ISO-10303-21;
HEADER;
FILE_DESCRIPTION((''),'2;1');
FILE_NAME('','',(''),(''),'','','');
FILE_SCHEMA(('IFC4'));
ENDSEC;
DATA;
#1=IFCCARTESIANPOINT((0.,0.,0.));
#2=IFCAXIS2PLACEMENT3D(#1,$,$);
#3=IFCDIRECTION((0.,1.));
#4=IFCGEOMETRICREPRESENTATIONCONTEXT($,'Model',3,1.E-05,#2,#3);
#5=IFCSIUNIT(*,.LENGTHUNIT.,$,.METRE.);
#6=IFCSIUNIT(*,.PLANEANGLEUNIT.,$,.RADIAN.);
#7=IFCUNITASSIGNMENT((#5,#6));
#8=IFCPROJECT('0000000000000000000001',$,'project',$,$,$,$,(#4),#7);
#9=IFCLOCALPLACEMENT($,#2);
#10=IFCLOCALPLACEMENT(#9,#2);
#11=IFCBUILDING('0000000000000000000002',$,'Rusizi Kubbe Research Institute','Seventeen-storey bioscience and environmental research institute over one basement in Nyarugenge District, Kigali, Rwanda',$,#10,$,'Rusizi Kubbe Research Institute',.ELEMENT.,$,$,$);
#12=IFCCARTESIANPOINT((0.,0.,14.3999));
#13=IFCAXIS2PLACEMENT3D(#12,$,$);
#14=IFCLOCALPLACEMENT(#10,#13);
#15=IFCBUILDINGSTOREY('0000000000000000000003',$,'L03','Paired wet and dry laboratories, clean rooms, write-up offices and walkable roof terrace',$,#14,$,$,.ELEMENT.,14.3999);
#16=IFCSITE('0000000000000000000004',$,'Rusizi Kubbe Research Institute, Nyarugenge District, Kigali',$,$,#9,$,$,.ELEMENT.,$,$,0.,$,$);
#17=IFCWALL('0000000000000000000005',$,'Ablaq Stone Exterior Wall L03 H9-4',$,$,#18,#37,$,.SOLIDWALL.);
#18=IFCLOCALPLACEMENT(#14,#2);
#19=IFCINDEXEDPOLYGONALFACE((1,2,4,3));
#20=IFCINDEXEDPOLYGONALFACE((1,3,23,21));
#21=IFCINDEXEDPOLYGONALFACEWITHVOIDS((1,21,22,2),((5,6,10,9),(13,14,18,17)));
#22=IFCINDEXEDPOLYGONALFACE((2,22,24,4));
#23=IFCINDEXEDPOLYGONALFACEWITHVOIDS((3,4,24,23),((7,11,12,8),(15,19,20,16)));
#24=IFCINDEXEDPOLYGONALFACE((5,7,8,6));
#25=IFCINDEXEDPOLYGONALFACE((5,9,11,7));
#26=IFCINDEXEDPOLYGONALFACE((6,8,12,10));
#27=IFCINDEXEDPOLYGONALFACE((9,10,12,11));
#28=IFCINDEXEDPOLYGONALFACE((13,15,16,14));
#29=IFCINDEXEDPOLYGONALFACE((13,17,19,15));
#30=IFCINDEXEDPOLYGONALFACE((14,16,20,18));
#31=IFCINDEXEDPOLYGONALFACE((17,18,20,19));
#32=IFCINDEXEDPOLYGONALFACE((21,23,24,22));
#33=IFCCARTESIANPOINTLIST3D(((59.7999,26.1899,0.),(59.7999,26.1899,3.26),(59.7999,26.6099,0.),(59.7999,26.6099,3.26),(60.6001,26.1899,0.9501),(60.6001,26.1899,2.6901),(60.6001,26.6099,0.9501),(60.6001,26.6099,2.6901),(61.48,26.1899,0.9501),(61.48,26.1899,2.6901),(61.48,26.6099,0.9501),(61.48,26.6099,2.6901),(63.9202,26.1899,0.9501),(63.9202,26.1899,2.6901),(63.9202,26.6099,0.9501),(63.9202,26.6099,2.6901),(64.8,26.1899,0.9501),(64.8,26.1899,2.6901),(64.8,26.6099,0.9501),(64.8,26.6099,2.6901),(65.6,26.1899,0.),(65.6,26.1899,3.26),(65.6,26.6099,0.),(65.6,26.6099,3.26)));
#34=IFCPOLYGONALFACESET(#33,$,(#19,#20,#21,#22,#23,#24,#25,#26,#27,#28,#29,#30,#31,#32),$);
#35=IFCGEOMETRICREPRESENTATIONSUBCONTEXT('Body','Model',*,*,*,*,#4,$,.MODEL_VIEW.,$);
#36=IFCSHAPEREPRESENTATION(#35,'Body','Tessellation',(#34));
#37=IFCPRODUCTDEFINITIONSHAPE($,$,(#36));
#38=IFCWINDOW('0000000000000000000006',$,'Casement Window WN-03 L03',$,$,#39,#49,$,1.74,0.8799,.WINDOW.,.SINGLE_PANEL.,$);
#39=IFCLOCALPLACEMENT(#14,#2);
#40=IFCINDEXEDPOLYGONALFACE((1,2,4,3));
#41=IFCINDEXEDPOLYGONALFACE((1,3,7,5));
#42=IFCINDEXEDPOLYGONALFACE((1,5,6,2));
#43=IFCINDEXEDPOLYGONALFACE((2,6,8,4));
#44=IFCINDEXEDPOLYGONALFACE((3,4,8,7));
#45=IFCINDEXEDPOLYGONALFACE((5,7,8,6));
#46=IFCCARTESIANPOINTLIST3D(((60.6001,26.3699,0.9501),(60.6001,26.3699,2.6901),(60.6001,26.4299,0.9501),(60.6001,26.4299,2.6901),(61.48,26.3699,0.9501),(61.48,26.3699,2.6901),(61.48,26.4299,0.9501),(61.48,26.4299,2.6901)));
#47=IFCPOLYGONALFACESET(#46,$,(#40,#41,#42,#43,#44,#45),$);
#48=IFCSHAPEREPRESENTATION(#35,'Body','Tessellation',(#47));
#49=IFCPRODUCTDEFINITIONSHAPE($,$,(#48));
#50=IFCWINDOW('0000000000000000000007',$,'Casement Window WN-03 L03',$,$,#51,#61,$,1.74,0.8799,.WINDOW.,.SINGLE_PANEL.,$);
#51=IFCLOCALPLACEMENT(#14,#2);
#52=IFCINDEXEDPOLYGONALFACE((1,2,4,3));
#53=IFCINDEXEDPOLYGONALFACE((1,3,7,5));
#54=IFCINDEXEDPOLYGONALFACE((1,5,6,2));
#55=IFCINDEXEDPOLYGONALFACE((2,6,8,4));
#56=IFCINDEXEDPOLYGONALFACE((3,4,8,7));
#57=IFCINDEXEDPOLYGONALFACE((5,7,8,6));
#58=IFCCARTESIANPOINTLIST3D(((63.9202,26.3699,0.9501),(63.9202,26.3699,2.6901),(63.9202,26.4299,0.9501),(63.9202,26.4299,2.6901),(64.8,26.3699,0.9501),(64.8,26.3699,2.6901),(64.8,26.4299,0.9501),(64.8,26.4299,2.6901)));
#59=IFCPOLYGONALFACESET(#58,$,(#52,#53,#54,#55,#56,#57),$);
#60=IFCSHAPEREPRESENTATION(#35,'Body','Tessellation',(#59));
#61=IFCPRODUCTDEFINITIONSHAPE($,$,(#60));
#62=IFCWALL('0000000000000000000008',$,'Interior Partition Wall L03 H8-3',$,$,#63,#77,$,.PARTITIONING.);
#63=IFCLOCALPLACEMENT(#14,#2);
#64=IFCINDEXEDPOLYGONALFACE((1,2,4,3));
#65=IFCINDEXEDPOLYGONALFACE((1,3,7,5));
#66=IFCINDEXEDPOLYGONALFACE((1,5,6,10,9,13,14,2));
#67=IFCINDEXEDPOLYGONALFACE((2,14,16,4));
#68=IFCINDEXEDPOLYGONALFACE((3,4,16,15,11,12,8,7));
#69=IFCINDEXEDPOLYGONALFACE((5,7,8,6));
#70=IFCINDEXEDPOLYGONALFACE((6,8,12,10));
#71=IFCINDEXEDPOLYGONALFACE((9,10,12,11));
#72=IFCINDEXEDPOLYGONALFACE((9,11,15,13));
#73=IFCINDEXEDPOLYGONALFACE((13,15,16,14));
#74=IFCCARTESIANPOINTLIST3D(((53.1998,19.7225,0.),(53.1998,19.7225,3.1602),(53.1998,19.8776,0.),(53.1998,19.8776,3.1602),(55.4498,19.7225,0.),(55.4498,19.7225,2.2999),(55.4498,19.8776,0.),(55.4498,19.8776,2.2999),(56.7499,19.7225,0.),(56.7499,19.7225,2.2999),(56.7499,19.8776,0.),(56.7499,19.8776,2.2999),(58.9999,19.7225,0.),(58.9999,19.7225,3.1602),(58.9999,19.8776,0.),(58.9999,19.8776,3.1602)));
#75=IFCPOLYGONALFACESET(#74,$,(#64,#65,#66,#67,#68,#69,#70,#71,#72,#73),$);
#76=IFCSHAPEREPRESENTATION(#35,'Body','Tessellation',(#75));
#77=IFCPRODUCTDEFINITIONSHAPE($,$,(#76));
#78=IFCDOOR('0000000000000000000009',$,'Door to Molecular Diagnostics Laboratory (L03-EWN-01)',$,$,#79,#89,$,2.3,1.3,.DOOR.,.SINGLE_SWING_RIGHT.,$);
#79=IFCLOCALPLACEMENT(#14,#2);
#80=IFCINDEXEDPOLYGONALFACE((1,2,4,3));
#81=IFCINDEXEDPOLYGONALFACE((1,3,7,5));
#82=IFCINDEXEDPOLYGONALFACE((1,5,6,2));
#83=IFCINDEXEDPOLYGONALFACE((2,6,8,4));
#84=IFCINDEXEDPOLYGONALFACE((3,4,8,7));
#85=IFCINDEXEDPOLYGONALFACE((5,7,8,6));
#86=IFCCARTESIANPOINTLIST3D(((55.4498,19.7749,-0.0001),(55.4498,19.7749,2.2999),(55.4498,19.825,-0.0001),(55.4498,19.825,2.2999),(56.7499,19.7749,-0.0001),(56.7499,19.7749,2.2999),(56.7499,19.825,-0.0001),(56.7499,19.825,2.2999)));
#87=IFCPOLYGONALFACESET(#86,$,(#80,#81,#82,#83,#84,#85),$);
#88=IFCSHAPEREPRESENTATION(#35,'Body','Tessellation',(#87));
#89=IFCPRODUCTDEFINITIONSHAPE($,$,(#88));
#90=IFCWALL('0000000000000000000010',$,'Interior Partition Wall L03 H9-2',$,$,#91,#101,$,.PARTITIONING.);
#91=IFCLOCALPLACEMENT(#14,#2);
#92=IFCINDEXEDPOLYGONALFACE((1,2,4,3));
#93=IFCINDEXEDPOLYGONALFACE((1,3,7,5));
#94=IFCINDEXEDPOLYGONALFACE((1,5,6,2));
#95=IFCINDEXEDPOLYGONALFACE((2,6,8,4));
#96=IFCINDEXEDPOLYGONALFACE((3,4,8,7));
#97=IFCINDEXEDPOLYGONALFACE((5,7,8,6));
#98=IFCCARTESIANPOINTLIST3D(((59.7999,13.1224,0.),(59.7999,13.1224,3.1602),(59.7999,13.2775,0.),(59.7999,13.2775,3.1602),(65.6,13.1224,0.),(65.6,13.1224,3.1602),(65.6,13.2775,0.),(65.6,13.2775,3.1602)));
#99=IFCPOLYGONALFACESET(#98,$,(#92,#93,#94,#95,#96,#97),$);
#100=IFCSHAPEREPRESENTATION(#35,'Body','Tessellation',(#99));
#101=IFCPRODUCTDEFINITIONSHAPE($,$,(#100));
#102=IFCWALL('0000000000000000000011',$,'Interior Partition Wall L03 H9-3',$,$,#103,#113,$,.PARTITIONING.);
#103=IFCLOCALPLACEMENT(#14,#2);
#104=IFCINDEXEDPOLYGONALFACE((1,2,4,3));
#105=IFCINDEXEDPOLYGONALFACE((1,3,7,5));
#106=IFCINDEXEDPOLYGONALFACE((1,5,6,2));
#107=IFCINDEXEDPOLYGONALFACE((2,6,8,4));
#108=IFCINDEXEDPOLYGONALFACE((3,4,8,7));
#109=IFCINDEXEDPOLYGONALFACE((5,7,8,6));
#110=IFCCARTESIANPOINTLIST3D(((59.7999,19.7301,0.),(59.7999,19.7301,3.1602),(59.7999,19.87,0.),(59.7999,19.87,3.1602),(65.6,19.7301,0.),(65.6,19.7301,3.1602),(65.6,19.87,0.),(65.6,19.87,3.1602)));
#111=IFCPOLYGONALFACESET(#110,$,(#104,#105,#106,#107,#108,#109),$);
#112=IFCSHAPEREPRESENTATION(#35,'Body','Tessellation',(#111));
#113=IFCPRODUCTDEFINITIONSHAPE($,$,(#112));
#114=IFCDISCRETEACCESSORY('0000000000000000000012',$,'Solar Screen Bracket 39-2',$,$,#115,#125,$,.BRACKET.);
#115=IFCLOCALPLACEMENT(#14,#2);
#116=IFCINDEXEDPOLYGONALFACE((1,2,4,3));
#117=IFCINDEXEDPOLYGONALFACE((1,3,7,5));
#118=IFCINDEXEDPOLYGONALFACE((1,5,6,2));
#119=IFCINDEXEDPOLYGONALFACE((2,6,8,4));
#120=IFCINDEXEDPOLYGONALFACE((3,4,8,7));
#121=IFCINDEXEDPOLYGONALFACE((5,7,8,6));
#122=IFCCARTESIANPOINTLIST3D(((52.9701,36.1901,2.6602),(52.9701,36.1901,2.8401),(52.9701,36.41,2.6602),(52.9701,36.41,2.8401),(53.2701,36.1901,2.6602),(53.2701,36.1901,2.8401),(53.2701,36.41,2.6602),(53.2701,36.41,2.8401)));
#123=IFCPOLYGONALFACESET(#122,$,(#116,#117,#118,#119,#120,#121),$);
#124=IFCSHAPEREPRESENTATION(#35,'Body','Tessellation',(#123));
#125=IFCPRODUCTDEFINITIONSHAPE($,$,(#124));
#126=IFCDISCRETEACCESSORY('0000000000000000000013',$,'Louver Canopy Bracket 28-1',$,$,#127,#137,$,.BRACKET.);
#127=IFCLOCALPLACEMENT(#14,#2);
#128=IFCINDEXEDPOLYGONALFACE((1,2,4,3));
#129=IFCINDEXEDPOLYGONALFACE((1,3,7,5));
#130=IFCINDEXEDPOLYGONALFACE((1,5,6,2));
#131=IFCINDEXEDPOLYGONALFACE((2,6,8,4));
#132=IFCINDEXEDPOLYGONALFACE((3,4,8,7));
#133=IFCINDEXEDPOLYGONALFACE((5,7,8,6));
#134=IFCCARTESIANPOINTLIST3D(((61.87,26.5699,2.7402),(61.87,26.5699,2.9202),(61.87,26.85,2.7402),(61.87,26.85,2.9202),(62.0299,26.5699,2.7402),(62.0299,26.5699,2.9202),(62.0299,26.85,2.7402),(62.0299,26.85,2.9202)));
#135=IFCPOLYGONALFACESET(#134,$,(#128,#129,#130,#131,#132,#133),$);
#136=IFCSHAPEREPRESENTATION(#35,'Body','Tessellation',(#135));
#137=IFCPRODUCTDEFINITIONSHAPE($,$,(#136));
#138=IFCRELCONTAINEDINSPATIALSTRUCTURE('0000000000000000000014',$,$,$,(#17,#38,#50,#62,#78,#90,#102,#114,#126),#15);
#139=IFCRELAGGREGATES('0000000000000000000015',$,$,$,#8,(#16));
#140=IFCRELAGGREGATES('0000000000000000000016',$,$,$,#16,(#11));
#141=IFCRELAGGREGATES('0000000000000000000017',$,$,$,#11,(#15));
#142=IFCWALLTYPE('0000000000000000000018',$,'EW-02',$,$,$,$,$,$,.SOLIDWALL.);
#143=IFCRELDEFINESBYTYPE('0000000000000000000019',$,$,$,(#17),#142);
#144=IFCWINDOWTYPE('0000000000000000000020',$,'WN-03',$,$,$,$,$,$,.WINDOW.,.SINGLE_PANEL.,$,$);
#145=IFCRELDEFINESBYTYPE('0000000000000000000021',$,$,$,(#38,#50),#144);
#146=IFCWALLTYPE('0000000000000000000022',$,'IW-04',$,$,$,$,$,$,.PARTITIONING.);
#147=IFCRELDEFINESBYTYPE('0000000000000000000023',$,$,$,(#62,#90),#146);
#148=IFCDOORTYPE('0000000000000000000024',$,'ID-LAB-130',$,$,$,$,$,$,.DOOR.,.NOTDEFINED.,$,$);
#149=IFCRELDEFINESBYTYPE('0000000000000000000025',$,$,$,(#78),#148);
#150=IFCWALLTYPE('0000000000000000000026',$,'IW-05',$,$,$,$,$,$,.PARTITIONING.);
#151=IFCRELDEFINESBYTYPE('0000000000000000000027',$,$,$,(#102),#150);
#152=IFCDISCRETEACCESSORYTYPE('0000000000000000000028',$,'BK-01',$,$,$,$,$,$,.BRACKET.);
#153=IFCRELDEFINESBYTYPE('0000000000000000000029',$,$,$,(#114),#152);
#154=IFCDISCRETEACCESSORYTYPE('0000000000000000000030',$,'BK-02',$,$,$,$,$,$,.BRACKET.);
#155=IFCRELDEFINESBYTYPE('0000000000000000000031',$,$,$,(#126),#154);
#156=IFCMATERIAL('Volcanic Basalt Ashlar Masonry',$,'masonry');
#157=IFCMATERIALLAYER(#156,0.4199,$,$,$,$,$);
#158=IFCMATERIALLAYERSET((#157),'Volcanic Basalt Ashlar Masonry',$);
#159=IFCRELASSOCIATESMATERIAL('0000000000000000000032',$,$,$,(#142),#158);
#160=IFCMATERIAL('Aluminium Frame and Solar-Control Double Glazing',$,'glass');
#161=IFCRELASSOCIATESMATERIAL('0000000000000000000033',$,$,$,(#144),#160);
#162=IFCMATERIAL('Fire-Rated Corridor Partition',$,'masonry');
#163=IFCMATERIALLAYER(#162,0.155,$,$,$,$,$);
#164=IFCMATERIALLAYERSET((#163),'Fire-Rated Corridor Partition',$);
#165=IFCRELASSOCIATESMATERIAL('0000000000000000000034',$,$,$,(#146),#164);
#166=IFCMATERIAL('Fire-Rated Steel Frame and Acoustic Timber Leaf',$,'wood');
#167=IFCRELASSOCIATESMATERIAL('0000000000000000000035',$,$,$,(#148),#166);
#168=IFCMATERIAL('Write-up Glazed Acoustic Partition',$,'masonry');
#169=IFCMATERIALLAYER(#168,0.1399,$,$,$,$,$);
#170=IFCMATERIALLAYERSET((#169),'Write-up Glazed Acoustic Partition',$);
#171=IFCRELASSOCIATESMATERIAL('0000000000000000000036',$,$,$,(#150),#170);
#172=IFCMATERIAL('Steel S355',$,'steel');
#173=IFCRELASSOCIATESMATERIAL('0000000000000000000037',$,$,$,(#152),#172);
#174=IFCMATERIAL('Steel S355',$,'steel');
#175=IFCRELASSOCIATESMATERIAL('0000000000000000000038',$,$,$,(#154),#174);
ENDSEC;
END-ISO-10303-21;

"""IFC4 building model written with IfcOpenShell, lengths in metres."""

from ifc_helpers import new_model, si_unit, direction, frame, frame_2d, origin, origin_2d, place, context, subcontext, project, spatial, rectangle, extrude, material, layer, layer_set, type_object, element, fill, save


model = new_model("IFC4")

# Units and contexts
model_context = context("Model", 3, precision=1e-05, world=origin(), true_north=direction((0.0, 1.0)))
body_context = subcontext(model_context, "Body", "Model", "MODEL_VIEW")
ifc_project = project(units=[si_unit("LENGTHUNIT", "METRE"), si_unit("PLANEANGLEUNIT", "RADIAN")], contexts=[model_context])

# Site, building, storey
site_placement = place(None, origin())
site = spatial("IfcSite", under=ifc_project, at=site_placement, Name="Rusizi Kubbe Research Institute, Nyarugenge District, Kigali", CompositionType="ELEMENT", RefElevation=0.0)
building_placement = place(site_placement, origin())
building = spatial("IfcBuilding", under=site, at=building_placement, Name="Rusizi Kubbe Research Institute", Description="Seventeen-storey bioscience and environmental research institute over one basement in Nyarugenge District, Kigali, Rwanda", LongName="Rusizi Kubbe Research Institute", CompositionType="ELEMENT")
storey_placement = place(building_placement, frame((0.0, 0.0, 14.3999)))
storey = spatial("IfcBuildingStorey", under=building, at=storey_placement, Name="L03", Description="Paired wet and dry laboratories, clean rooms, write-up offices and walkable roof terrace", CompositionType="ELEMENT", Elevation=14.3999)

# Wall, openings, windows
ifc_material_1 = material(Name="Volcanic Basalt Ashlar Masonry", Category="masonry")
ifc_layer_1 = layer(ifc_material_1, 0.4199)
ifc_layer_set_1 = layer_set([ifc_layer_1], Name="Volcanic Basalt Ashlar Masonry")
wall_type_1 = type_object("IfcWallType", Name="EW-02", PredefinedType="SOLIDWALL", material=ifc_layer_set_1)
wall_1_placement = place(storey_placement, frame((59.8, 26.3999, 0.0), z_axis=(0.0, 0.0, 1.0), x_axis=(1.0, 0.0, 0.0)))
wall_1 = element("IfcWall", 1, at=wall_1_placement, inside=storey, type_object=wall_type_1, Name="Ablaq Stone Exterior Wall L03 H9-4", PredefinedType="SOLIDWALL", context=body_context, shape_type="SweptSolid", body=[
    extrude(rectangle(XDim=5.8, YDim=0.4199, at=frame_2d((2.8999, 0.0))), origin(), (0.0, 0.0, 1.0), 3.26),
])
opening_1_placement = place(wall_1_placement, frame((0.8, 0.0, 0.95)))
opening_1 = element("IfcOpeningElement", 2, at=opening_1_placement, cuts=wall_1, PredefinedType="OPENING", context=body_context, shape_type="SweptSolid", body=[
    extrude(rectangle(XDim=0.8799, YDim=1.74, at=frame_2d((0.4399, 0.8701))), frame((0.0, 0.22, 0.0), z_axis=(0.0, -1.0, 0.0), x_axis=(1.0, 0.0, 0.0)), (0.0, 0.0, 1.0), 0.4399),
])
opening_2_placement = place(wall_1_placement, frame((4.1201, 0.0, 0.95)))
opening_2 = element("IfcOpeningElement", 3, at=opening_2_placement, cuts=wall_1, PredefinedType="OPENING", context=body_context, shape_type="SweptSolid", body=[
    extrude(rectangle(XDim=0.8799, YDim=1.74, at=frame_2d((0.4399, 0.8701))), frame((0.0, 0.22, 0.0), z_axis=(0.0, -1.0, 0.0), x_axis=(1.0, 0.0, 0.0)), (0.0, 0.0, 1.0), 0.4399),
])
ifc_material_2 = material(Name="Aluminium Frame and Solar-Control Double Glazing", Category="glass")
window_type = type_object("IfcWindowType", Name="WN-03", PartitioningType="SINGLE_PANEL", PredefinedType="WINDOW", material=ifc_material_2)
window_1_placement = place(opening_1_placement, origin())
window_1 = element("IfcWindow", 4, at=window_1_placement, inside=storey, type_object=window_type, Name="Casement Window WN-03 L03", OverallHeight=1.74, OverallWidth=0.8799, PartitioningType="SINGLE_PANEL", PredefinedType="WINDOW", context=body_context, shape_type="SweptSolid", body=[
    extrude(rectangle(XDim=0.8799, YDim=1.74, at=frame_2d((0.4399, 0.8701))), frame((0.0, 0.03, 0.0), z_axis=(0.0, -1.0, 0.0), x_axis=(1.0, 0.0, 0.0)), (0.0, 0.0, 1.0), 0.0601),
])
fill(opening_1, window_1)
window_2_placement = place(opening_2_placement, origin())
window_2 = element("IfcWindow", 5, at=window_2_placement, inside=storey, type_object=window_type, Name="Casement Window WN-03 L03", OverallHeight=1.74, OverallWidth=0.8799, PartitioningType="SINGLE_PANEL", PredefinedType="WINDOW", context=body_context, shape_type="SweptSolid", body=[
    extrude(rectangle(XDim=0.8799, YDim=1.74, at=frame_2d((0.4399, 0.8701))), frame((0.0, 0.03, 0.0), z_axis=(0.0, -1.0, 0.0), x_axis=(1.0, 0.0, 0.0)), (0.0, 0.0, 1.0), 0.0601),
])
fill(opening_2, window_2)

# Wall, opening, door
ifc_material_3 = material(Name="Fire-Rated Corridor Partition", Category="masonry")
ifc_layer_2 = layer(ifc_material_3, 0.155)
ifc_layer_set_2 = layer_set([ifc_layer_2], Name="Fire-Rated Corridor Partition")
wall_type_2 = type_object("IfcWallType", Name="IW-04", PredefinedType="PARTITIONING", material=ifc_layer_set_2)
wall_2_placement = place(storey_placement, frame((53.2, 19.8, 0.0), z_axis=(0.0, 0.0, 1.0), x_axis=(1.0, 0.0, 0.0)))
wall_2 = element("IfcWall", 6, at=wall_2_placement, inside=storey, type_object=wall_type_2, Name="Interior Partition Wall L03 H8-3", PredefinedType="PARTITIONING", context=body_context, shape_type="SweptSolid", body=[
    extrude(rectangle(XDim=5.8, YDim=0.155, at=frame_2d((2.8999, 0.0))), origin(), (0.0, 0.0, 1.0), 3.1602),
])
opening_3_placement = place(wall_2_placement, frame((2.25, 0.0, 0.0)))
opening_3 = element("IfcOpeningElement", 7, at=opening_3_placement, cuts=wall_2, PredefinedType="OPENING", context=body_context, shape_type="SweptSolid", body=[
    extrude(rectangle(XDim=1.3, YDim=2.3, at=frame_2d((0.6499, 1.1499))), frame((0.0, 0.0874, 0.0), z_axis=(0.0, -1.0, 0.0), x_axis=(1.0, 0.0, 0.0)), (0.0, 0.0, 1.0), 0.175),
])
ifc_material_4 = material(Name="Fire-Rated Steel Frame and Acoustic Timber Leaf", Category="wood")
door_type = type_object("IfcDoorType", Name="ID-LAB-130", OperationType="NOTDEFINED", PredefinedType="DOOR", material=ifc_material_4)
door_placement = place(opening_3_placement, origin())
door = element("IfcDoor", 8, at=door_placement, inside=storey, type_object=door_type, Name="Door to Molecular Diagnostics Laboratory (L03-EWN-01)", OperationType="SINGLE_SWING_RIGHT", OverallHeight=2.3, OverallWidth=1.3, PredefinedType="DOOR", context=body_context, shape_type="SweptSolid", body=[
    extrude(rectangle(XDim=1.3, YDim=2.3, at=frame_2d((0.6499, 1.1499))), frame((0.0, 0.0249, 0.0), z_axis=(0.0, -1.0, 0.0), x_axis=(1.0, 0.0, 0.0)), (0.0, 0.0, 1.0), 0.05),
])
fill(opening_3, door)

# Walls
wall_3_placement = place(storey_placement, frame((59.8, 13.2, 0.0), z_axis=(0.0, 0.0, 1.0), x_axis=(1.0, 0.0, 0.0)))
element("IfcWall", 9, at=wall_3_placement, inside=storey, type_object=wall_type_2, Name="Interior Partition Wall L03 H9-2", PredefinedType="PARTITIONING", context=body_context, shape_type="SweptSolid", body=[
    extrude(rectangle(XDim=5.8, YDim=0.155, at=frame_2d((2.8999, 0.0))), origin(), (0.0, 0.0, 1.0), 3.1602),
])
ifc_material_5 = material(Name="Write-up Glazed Acoustic Partition", Category="masonry")
ifc_layer_3 = layer(ifc_material_5, 0.1399)
ifc_layer_set_3 = layer_set([ifc_layer_3], Name="Write-up Glazed Acoustic Partition")
wall_type_3 = type_object("IfcWallType", Name="IW-05", PredefinedType="PARTITIONING", material=ifc_layer_set_3)
wall_4_placement = place(storey_placement, frame((59.8, 19.8, 0.0), z_axis=(0.0, 0.0, 1.0), x_axis=(1.0, 0.0, 0.0)))
element("IfcWall", 10, at=wall_4_placement, inside=storey, type_object=wall_type_3, Name="Interior Partition Wall L03 H9-3", PredefinedType="PARTITIONING", context=body_context, shape_type="SweptSolid", body=[
    extrude(rectangle(XDim=5.8, YDim=0.1399, at=frame_2d((2.8999, 0.0))), origin(), (0.0, 0.0, 1.0), 3.1602),
])

# Discrete accessories
ifc_material_6 = material(Name="Steel S355", Category="steel")
discrete_accessory_type_1 = type_object("IfcDiscreteAccessoryType", Name="BK-01", PredefinedType="BRACKET", material=ifc_material_6)
discrete_accessory_1_placement = place(storey_placement, frame((53.1201, 36.3, 2.6602), z_axis=(0.0, 0.0, 1.0), x_axis=(1.0, 0.0, 0.0)))
element("IfcDiscreteAccessory", 11, at=discrete_accessory_1_placement, inside=storey, type_object=discrete_accessory_type_1, Name="Solar Screen Bracket 39-2", PredefinedType="BRACKET", context=body_context, shape_type="SweptSolid", body=[
    extrude(rectangle(XDim=0.3, YDim=0.22, at=origin_2d()), origin(), (0.0, 0.0, 1.0), 0.1799),
])
ifc_material_7 = material(Name="Steel S355", Category="steel")
discrete_accessory_type_2 = type_object("IfcDiscreteAccessoryType", Name="BK-02", PredefinedType="BRACKET", material=ifc_material_7)
discrete_accessory_2_placement = place(storey_placement, frame((61.95, 26.71, 2.7402), z_axis=(0.0, 0.0, 1.0), x_axis=(1.0, 0.0, 0.0)))
element("IfcDiscreteAccessory", 12, at=discrete_accessory_2_placement, inside=storey, type_object=discrete_accessory_type_2, Name="Louver Canopy Bracket 28-1", PredefinedType="BRACKET", context=body_context, shape_type="SweptSolid", body=[
    extrude(rectangle(XDim=0.1599, YDim=0.28, at=origin_2d()), origin(), (0.0, 0.0, 1.0), 0.1799),
])

save(model, "model.ifc")
